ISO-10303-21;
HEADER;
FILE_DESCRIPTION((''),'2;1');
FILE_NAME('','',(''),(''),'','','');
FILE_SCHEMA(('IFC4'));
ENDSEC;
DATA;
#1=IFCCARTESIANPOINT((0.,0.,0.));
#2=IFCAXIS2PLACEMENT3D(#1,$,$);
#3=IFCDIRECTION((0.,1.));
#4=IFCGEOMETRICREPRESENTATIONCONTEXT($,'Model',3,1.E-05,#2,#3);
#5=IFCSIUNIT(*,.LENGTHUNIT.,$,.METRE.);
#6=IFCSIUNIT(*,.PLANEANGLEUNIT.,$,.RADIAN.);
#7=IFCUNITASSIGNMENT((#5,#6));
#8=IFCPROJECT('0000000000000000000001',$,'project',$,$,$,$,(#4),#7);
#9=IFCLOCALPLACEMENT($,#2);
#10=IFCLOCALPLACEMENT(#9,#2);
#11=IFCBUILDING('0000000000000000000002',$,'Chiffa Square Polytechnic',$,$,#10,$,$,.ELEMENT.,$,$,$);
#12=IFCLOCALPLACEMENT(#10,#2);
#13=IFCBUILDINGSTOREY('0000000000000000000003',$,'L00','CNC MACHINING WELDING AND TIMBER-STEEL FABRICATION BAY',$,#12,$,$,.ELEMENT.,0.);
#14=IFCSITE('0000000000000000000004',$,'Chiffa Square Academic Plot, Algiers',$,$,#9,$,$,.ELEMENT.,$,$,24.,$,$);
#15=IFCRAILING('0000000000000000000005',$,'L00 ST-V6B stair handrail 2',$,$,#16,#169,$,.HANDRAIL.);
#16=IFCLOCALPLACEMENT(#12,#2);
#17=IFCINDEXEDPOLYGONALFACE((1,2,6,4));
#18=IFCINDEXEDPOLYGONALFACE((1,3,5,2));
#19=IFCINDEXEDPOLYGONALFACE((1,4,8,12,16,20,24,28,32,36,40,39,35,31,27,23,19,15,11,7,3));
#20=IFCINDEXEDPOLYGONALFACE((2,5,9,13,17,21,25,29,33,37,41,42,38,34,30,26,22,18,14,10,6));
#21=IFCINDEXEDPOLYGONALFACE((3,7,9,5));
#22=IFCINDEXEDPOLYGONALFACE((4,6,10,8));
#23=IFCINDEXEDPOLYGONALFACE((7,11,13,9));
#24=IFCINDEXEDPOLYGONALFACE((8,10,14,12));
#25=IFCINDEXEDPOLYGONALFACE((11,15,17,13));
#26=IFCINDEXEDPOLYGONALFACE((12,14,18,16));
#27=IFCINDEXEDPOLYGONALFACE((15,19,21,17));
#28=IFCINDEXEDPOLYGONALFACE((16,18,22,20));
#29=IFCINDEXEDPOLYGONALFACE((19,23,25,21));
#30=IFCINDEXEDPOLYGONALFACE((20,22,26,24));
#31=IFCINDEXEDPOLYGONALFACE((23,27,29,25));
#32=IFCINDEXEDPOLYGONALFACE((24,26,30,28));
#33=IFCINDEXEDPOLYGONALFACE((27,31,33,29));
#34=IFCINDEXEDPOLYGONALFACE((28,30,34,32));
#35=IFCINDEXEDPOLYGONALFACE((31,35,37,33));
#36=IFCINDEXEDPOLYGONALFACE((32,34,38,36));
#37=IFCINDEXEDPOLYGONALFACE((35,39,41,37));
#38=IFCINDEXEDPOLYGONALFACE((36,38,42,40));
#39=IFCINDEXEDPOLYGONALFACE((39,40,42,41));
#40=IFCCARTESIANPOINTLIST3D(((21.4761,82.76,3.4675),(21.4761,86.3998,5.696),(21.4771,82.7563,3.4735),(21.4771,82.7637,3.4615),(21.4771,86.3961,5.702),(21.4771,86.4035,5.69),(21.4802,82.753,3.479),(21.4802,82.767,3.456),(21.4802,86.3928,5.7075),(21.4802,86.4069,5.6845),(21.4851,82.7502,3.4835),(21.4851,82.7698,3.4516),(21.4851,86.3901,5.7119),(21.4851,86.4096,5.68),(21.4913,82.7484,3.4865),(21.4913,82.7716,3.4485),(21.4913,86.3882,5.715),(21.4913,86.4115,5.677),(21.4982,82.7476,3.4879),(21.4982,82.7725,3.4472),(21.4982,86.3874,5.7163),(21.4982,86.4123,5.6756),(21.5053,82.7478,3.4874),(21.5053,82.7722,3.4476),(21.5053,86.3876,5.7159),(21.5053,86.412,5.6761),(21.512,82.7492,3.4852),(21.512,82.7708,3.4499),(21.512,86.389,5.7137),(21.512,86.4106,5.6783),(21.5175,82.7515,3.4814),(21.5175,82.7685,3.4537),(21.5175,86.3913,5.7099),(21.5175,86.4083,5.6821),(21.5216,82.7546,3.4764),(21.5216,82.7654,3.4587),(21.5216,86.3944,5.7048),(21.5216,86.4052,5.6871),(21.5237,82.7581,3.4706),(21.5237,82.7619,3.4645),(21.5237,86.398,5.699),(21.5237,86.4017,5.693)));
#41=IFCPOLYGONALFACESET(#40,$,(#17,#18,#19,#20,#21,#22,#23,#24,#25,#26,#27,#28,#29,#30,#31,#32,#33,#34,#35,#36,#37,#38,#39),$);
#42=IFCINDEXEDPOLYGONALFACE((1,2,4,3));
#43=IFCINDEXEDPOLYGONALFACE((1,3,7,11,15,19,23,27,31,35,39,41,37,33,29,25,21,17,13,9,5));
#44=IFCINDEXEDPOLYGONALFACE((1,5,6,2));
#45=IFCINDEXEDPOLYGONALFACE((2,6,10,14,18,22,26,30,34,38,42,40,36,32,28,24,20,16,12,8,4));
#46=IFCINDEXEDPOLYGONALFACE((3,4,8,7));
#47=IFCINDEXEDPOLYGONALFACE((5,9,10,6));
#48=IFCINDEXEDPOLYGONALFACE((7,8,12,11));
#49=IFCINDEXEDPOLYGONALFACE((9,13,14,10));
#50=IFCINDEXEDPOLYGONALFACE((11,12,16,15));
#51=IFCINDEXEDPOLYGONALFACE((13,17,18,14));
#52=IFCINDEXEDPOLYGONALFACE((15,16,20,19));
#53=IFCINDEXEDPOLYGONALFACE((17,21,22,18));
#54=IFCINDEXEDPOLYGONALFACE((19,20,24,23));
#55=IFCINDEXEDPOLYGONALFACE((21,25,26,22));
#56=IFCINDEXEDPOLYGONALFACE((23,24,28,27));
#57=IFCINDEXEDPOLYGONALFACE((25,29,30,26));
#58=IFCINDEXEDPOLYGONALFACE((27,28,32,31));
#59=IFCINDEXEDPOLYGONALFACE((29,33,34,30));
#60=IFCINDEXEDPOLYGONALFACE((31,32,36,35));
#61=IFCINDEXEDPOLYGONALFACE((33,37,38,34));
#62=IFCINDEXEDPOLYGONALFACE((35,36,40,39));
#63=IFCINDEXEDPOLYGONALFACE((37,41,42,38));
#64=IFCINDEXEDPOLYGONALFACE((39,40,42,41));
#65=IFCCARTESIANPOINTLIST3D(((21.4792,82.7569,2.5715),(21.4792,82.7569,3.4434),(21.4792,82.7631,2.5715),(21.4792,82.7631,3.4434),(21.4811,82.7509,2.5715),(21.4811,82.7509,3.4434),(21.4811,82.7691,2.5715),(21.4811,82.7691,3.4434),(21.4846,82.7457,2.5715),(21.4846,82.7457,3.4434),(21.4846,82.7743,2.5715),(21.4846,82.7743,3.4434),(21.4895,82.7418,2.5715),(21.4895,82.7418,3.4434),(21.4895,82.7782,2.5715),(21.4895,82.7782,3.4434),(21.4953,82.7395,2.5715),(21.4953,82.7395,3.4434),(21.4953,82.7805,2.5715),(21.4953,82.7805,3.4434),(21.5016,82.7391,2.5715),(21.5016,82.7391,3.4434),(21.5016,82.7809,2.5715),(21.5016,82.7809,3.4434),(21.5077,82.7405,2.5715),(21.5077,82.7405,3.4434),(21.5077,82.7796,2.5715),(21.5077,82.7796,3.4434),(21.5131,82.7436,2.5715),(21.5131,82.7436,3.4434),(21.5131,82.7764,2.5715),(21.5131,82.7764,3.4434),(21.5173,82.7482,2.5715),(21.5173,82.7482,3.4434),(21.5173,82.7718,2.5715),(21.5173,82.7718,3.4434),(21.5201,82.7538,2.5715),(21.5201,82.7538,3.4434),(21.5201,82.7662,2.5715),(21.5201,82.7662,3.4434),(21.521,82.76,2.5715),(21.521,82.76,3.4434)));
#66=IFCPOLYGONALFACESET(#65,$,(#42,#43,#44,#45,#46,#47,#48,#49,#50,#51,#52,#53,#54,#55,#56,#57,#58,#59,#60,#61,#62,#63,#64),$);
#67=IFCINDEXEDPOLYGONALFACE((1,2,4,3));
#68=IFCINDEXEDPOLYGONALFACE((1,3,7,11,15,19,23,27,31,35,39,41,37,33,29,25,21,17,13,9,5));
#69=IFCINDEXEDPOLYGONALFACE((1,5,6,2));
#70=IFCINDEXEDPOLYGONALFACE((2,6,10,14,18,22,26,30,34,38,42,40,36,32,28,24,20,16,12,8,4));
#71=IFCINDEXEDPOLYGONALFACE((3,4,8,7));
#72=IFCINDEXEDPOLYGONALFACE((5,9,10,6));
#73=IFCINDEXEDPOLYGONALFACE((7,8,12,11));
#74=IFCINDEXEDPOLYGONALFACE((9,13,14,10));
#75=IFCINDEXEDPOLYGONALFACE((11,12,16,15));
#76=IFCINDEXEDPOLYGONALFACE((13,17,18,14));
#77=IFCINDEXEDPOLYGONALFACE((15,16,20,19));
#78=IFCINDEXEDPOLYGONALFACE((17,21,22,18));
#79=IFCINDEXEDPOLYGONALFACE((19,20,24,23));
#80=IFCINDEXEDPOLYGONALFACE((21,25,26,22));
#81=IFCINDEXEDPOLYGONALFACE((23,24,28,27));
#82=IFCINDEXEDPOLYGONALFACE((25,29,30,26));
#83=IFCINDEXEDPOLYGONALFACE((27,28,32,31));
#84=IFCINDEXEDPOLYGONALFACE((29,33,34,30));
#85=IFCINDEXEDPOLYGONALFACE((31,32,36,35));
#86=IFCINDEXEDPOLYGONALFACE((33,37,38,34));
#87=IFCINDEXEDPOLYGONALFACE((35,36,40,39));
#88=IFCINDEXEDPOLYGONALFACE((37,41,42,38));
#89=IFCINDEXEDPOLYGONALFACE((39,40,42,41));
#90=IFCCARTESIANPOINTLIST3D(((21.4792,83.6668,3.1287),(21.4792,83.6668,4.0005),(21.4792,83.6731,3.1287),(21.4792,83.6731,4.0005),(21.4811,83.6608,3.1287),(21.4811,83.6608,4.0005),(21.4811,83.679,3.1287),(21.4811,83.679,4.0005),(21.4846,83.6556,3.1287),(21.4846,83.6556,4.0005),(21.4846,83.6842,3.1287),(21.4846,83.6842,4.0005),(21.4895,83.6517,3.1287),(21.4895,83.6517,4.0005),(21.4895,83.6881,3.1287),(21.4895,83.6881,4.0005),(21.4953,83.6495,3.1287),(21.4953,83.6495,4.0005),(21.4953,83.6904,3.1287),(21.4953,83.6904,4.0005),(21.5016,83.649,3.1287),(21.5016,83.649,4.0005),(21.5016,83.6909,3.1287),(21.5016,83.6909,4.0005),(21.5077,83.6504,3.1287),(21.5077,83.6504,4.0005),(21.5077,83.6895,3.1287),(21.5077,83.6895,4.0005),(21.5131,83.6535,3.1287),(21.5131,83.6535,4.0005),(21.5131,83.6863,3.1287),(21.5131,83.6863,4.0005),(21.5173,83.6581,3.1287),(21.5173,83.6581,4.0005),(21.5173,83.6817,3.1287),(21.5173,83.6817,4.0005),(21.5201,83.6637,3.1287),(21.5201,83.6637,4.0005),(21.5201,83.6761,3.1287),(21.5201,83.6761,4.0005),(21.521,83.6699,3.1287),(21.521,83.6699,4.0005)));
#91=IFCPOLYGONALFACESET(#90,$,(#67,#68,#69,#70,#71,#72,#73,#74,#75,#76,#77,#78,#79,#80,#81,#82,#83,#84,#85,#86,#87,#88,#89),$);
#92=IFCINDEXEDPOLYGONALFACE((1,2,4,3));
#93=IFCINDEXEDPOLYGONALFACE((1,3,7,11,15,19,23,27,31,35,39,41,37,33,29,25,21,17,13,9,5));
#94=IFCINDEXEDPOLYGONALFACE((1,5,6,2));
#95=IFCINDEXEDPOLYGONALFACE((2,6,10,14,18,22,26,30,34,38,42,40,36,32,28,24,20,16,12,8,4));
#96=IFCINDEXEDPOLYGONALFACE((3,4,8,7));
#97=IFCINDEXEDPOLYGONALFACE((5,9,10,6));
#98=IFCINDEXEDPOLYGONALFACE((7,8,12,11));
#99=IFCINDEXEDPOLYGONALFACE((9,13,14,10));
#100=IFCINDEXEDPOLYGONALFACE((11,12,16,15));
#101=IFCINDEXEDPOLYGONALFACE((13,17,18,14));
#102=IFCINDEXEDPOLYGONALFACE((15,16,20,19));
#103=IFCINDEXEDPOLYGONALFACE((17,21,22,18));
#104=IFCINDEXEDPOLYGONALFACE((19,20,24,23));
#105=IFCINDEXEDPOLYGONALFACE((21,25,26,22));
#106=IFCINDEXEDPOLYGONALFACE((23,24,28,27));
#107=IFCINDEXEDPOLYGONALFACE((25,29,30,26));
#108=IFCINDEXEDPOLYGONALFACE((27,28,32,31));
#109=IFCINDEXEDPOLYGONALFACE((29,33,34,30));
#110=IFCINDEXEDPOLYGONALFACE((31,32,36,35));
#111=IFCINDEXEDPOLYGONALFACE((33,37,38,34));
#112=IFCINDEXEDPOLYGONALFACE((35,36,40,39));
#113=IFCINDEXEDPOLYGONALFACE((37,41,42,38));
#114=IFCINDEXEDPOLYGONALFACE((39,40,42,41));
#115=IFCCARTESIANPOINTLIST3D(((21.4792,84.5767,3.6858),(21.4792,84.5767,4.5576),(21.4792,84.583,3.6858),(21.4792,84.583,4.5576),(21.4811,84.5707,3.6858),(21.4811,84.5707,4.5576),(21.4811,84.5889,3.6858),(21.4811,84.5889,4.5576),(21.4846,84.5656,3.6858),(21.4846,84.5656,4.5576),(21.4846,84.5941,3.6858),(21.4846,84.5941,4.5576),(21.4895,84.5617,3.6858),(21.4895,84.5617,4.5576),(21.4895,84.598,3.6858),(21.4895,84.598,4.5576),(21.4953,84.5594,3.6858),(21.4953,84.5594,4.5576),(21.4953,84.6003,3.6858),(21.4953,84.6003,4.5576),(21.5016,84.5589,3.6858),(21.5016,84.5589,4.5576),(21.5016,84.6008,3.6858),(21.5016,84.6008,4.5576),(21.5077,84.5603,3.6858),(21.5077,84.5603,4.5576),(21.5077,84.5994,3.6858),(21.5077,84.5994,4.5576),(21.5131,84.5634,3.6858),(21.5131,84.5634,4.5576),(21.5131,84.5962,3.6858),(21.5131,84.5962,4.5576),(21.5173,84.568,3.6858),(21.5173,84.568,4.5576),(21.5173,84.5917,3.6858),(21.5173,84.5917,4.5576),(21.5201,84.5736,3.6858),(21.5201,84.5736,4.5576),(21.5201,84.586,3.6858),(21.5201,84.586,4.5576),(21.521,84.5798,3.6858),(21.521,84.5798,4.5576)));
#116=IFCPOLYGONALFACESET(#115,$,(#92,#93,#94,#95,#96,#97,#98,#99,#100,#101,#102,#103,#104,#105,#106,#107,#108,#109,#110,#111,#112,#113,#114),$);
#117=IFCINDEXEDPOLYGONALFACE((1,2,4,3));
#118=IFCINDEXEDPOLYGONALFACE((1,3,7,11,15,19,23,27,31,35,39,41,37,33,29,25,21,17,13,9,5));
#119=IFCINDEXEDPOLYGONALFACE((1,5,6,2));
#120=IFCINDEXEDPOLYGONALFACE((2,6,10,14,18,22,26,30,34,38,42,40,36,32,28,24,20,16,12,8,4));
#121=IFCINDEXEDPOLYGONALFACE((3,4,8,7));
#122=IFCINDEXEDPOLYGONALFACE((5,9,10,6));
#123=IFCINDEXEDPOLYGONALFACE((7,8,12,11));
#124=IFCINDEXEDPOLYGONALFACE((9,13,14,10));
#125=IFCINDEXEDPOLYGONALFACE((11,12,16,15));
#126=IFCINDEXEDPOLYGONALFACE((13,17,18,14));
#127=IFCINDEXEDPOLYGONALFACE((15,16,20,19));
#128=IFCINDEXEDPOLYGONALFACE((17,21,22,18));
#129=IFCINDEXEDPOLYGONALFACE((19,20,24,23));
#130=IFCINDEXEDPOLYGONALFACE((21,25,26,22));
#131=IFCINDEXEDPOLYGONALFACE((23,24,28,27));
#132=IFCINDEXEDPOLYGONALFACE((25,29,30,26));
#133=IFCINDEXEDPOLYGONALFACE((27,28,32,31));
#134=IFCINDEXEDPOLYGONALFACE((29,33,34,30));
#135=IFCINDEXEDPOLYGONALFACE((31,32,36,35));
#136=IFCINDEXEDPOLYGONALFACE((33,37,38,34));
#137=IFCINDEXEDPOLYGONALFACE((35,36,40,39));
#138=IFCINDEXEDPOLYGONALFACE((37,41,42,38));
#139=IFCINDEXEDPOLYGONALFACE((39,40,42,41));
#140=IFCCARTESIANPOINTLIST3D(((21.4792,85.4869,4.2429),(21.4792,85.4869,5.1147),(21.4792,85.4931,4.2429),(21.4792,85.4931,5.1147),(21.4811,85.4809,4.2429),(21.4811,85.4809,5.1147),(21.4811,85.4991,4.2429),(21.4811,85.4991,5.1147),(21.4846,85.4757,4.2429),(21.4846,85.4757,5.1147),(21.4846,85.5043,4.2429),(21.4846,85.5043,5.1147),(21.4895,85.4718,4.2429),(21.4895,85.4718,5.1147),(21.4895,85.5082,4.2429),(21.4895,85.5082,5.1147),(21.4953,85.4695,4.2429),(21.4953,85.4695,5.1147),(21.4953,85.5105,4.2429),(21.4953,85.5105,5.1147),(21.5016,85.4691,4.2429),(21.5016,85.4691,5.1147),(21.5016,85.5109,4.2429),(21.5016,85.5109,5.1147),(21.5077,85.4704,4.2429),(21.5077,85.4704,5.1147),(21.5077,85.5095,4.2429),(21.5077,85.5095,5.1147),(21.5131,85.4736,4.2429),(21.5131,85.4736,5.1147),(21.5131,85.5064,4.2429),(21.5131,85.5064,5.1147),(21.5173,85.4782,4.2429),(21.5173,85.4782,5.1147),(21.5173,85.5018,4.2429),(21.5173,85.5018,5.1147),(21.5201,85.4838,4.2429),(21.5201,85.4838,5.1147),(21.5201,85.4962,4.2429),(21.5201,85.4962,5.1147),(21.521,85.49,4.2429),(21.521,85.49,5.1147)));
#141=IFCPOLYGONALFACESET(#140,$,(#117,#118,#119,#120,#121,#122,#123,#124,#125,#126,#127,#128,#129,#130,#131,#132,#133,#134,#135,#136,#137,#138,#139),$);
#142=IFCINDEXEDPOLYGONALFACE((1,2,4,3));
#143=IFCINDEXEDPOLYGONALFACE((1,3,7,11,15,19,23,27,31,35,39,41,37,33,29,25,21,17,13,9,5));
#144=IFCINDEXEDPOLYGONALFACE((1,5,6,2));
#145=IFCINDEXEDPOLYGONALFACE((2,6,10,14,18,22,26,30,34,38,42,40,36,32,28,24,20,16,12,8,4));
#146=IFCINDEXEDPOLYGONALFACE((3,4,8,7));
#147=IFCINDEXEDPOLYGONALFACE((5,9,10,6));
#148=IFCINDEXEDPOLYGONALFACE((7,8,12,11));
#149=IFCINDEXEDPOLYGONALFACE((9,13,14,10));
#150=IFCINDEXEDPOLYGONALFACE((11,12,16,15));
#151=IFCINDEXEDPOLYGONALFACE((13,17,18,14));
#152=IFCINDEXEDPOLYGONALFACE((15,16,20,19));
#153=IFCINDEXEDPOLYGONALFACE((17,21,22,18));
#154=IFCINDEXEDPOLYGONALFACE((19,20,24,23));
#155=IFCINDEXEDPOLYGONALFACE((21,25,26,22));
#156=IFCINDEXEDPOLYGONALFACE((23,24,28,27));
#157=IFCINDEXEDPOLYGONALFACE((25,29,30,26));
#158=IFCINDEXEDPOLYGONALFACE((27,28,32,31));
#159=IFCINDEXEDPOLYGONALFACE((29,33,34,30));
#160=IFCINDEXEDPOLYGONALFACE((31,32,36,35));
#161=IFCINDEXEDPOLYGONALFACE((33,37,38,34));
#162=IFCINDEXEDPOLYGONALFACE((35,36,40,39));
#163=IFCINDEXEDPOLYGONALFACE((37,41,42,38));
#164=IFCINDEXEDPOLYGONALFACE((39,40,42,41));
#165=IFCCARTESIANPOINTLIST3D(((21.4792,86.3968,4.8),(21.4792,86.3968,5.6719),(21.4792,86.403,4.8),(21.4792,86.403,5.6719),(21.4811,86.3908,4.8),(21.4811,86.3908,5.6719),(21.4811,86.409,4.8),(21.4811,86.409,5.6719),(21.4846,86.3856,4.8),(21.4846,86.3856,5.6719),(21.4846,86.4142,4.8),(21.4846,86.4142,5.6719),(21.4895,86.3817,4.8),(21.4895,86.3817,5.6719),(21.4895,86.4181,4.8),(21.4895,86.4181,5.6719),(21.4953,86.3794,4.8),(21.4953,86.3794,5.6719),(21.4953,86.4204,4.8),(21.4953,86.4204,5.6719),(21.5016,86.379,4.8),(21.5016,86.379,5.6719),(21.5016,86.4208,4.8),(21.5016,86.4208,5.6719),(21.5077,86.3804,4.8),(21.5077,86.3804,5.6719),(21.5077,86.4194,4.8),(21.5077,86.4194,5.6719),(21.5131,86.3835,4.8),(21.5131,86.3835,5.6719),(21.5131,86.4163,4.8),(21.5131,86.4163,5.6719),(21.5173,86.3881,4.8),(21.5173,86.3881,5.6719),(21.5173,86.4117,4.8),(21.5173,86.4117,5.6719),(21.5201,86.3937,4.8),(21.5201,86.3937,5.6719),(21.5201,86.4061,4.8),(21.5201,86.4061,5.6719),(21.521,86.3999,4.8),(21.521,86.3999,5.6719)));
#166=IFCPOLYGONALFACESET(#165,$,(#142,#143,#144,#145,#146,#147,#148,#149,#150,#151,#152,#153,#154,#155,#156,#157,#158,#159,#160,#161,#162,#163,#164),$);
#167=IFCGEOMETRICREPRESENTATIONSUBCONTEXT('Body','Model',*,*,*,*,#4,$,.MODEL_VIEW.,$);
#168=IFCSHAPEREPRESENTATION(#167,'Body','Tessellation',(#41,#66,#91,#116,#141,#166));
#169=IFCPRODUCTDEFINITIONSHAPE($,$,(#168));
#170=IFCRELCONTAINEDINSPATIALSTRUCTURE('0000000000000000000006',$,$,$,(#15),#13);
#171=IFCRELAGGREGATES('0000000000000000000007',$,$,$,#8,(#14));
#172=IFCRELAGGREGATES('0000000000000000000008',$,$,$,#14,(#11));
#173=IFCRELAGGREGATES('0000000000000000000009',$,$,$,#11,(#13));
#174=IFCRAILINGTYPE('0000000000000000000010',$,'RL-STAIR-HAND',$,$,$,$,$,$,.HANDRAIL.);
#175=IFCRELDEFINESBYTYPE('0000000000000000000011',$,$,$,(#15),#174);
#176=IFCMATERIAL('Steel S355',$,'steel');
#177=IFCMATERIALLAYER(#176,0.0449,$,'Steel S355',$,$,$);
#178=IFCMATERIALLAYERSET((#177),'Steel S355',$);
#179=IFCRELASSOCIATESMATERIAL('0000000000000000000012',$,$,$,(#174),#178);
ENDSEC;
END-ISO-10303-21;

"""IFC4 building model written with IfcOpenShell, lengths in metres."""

from ifc_helpers import new_model, si_unit, direction, frame, origin, origin_2d, place, context, subcontext, project, spatial, circle, extrude, material, layer, layer_set, type_object, element, save


model = new_model("IFC4")

# Units and contexts
model_context = context("Model", 3, precision=1e-05, world=origin(), true_north=direction((0.0, 1.0)))
body_context = subcontext(model_context, "Body", "Model", "MODEL_VIEW")
ifc_project = project(units=[si_unit("LENGTHUNIT", "METRE"), si_unit("PLANEANGLEUNIT", "RADIAN")], contexts=[model_context])

# Site, building, storey
site_placement = place(None, origin())
site = spatial("IfcSite", under=ifc_project, at=site_placement, Name="Chiffa Square Academic Plot, Algiers", CompositionType="ELEMENT", RefElevation=24.0)
building_placement = place(site_placement, origin())
building = spatial("IfcBuilding", under=site, at=building_placement, Name="Chiffa Square Polytechnic", CompositionType="ELEMENT")
storey_placement = place(building_placement, origin())
storey = spatial("IfcBuildingStorey", under=building, at=storey_placement, Name="L00", Description="CNC MACHINING WELDING AND TIMBER-STEEL FABRICATION BAY", CompositionType="ELEMENT", Elevation=0.0)

# Railing
ifc_material_1 = material(Name="Steel S355", Category="steel")
ifc_layer_1 = layer(ifc_material_1, 0.0449, Name="Steel S355")
ifc_layer_set_1 = layer_set([ifc_layer_1], Name="Steel S355")
railing_type_1 = type_object("IfcRailingType", Name="RL-STAIR-HAND", PredefinedType="HANDRAIL", material=ifc_layer_set_1)
railing_1_placement = place(storey_placement, frame((21.5, 82.76, 2.5715)))
element("IfcRailing", 1, at=railing_1_placement, inside=storey, type_object=railing_type_1, Name="L00 ST-V6B stair handrail 2", PredefinedType="HANDRAIL", context=body_context, shape_type="SweptSolid", body=[
    extrude(circle(Radius=0.0239, at=origin_2d()), frame((0.0, 0.0, 0.896), z_axis=(0.0, 0.85285, 0.522156), x_axis=(-1.0, 0.0, 0.0)), (0.0, 0.0, 1.0), 4.2678),
    extrude(circle(Radius=0.021, at=origin_2d()), origin(), (0.0, 0.0, 1.0), 0.8718),
    extrude(circle(Radius=0.021, at=origin_2d()), frame((0.0, 0.9099, 0.5571)), (0.0, 0.0, 1.0), 0.8718),
    extrude(circle(Radius=0.021, at=origin_2d()), frame((0.0, 1.8198, 1.1143)), (0.0, 0.0, 1.0), 0.8718),
    extrude(circle(Radius=0.021, at=origin_2d()), frame((0.0, 2.73, 1.6714)), (0.0, 0.0, 1.0), 0.8718),
    extrude(circle(Radius=0.021, at=origin_2d()), frame((0.0, 3.6399, 2.2285)), (0.0, 0.0, 1.0), 0.8718),
])

save(model, "model.ifc")
